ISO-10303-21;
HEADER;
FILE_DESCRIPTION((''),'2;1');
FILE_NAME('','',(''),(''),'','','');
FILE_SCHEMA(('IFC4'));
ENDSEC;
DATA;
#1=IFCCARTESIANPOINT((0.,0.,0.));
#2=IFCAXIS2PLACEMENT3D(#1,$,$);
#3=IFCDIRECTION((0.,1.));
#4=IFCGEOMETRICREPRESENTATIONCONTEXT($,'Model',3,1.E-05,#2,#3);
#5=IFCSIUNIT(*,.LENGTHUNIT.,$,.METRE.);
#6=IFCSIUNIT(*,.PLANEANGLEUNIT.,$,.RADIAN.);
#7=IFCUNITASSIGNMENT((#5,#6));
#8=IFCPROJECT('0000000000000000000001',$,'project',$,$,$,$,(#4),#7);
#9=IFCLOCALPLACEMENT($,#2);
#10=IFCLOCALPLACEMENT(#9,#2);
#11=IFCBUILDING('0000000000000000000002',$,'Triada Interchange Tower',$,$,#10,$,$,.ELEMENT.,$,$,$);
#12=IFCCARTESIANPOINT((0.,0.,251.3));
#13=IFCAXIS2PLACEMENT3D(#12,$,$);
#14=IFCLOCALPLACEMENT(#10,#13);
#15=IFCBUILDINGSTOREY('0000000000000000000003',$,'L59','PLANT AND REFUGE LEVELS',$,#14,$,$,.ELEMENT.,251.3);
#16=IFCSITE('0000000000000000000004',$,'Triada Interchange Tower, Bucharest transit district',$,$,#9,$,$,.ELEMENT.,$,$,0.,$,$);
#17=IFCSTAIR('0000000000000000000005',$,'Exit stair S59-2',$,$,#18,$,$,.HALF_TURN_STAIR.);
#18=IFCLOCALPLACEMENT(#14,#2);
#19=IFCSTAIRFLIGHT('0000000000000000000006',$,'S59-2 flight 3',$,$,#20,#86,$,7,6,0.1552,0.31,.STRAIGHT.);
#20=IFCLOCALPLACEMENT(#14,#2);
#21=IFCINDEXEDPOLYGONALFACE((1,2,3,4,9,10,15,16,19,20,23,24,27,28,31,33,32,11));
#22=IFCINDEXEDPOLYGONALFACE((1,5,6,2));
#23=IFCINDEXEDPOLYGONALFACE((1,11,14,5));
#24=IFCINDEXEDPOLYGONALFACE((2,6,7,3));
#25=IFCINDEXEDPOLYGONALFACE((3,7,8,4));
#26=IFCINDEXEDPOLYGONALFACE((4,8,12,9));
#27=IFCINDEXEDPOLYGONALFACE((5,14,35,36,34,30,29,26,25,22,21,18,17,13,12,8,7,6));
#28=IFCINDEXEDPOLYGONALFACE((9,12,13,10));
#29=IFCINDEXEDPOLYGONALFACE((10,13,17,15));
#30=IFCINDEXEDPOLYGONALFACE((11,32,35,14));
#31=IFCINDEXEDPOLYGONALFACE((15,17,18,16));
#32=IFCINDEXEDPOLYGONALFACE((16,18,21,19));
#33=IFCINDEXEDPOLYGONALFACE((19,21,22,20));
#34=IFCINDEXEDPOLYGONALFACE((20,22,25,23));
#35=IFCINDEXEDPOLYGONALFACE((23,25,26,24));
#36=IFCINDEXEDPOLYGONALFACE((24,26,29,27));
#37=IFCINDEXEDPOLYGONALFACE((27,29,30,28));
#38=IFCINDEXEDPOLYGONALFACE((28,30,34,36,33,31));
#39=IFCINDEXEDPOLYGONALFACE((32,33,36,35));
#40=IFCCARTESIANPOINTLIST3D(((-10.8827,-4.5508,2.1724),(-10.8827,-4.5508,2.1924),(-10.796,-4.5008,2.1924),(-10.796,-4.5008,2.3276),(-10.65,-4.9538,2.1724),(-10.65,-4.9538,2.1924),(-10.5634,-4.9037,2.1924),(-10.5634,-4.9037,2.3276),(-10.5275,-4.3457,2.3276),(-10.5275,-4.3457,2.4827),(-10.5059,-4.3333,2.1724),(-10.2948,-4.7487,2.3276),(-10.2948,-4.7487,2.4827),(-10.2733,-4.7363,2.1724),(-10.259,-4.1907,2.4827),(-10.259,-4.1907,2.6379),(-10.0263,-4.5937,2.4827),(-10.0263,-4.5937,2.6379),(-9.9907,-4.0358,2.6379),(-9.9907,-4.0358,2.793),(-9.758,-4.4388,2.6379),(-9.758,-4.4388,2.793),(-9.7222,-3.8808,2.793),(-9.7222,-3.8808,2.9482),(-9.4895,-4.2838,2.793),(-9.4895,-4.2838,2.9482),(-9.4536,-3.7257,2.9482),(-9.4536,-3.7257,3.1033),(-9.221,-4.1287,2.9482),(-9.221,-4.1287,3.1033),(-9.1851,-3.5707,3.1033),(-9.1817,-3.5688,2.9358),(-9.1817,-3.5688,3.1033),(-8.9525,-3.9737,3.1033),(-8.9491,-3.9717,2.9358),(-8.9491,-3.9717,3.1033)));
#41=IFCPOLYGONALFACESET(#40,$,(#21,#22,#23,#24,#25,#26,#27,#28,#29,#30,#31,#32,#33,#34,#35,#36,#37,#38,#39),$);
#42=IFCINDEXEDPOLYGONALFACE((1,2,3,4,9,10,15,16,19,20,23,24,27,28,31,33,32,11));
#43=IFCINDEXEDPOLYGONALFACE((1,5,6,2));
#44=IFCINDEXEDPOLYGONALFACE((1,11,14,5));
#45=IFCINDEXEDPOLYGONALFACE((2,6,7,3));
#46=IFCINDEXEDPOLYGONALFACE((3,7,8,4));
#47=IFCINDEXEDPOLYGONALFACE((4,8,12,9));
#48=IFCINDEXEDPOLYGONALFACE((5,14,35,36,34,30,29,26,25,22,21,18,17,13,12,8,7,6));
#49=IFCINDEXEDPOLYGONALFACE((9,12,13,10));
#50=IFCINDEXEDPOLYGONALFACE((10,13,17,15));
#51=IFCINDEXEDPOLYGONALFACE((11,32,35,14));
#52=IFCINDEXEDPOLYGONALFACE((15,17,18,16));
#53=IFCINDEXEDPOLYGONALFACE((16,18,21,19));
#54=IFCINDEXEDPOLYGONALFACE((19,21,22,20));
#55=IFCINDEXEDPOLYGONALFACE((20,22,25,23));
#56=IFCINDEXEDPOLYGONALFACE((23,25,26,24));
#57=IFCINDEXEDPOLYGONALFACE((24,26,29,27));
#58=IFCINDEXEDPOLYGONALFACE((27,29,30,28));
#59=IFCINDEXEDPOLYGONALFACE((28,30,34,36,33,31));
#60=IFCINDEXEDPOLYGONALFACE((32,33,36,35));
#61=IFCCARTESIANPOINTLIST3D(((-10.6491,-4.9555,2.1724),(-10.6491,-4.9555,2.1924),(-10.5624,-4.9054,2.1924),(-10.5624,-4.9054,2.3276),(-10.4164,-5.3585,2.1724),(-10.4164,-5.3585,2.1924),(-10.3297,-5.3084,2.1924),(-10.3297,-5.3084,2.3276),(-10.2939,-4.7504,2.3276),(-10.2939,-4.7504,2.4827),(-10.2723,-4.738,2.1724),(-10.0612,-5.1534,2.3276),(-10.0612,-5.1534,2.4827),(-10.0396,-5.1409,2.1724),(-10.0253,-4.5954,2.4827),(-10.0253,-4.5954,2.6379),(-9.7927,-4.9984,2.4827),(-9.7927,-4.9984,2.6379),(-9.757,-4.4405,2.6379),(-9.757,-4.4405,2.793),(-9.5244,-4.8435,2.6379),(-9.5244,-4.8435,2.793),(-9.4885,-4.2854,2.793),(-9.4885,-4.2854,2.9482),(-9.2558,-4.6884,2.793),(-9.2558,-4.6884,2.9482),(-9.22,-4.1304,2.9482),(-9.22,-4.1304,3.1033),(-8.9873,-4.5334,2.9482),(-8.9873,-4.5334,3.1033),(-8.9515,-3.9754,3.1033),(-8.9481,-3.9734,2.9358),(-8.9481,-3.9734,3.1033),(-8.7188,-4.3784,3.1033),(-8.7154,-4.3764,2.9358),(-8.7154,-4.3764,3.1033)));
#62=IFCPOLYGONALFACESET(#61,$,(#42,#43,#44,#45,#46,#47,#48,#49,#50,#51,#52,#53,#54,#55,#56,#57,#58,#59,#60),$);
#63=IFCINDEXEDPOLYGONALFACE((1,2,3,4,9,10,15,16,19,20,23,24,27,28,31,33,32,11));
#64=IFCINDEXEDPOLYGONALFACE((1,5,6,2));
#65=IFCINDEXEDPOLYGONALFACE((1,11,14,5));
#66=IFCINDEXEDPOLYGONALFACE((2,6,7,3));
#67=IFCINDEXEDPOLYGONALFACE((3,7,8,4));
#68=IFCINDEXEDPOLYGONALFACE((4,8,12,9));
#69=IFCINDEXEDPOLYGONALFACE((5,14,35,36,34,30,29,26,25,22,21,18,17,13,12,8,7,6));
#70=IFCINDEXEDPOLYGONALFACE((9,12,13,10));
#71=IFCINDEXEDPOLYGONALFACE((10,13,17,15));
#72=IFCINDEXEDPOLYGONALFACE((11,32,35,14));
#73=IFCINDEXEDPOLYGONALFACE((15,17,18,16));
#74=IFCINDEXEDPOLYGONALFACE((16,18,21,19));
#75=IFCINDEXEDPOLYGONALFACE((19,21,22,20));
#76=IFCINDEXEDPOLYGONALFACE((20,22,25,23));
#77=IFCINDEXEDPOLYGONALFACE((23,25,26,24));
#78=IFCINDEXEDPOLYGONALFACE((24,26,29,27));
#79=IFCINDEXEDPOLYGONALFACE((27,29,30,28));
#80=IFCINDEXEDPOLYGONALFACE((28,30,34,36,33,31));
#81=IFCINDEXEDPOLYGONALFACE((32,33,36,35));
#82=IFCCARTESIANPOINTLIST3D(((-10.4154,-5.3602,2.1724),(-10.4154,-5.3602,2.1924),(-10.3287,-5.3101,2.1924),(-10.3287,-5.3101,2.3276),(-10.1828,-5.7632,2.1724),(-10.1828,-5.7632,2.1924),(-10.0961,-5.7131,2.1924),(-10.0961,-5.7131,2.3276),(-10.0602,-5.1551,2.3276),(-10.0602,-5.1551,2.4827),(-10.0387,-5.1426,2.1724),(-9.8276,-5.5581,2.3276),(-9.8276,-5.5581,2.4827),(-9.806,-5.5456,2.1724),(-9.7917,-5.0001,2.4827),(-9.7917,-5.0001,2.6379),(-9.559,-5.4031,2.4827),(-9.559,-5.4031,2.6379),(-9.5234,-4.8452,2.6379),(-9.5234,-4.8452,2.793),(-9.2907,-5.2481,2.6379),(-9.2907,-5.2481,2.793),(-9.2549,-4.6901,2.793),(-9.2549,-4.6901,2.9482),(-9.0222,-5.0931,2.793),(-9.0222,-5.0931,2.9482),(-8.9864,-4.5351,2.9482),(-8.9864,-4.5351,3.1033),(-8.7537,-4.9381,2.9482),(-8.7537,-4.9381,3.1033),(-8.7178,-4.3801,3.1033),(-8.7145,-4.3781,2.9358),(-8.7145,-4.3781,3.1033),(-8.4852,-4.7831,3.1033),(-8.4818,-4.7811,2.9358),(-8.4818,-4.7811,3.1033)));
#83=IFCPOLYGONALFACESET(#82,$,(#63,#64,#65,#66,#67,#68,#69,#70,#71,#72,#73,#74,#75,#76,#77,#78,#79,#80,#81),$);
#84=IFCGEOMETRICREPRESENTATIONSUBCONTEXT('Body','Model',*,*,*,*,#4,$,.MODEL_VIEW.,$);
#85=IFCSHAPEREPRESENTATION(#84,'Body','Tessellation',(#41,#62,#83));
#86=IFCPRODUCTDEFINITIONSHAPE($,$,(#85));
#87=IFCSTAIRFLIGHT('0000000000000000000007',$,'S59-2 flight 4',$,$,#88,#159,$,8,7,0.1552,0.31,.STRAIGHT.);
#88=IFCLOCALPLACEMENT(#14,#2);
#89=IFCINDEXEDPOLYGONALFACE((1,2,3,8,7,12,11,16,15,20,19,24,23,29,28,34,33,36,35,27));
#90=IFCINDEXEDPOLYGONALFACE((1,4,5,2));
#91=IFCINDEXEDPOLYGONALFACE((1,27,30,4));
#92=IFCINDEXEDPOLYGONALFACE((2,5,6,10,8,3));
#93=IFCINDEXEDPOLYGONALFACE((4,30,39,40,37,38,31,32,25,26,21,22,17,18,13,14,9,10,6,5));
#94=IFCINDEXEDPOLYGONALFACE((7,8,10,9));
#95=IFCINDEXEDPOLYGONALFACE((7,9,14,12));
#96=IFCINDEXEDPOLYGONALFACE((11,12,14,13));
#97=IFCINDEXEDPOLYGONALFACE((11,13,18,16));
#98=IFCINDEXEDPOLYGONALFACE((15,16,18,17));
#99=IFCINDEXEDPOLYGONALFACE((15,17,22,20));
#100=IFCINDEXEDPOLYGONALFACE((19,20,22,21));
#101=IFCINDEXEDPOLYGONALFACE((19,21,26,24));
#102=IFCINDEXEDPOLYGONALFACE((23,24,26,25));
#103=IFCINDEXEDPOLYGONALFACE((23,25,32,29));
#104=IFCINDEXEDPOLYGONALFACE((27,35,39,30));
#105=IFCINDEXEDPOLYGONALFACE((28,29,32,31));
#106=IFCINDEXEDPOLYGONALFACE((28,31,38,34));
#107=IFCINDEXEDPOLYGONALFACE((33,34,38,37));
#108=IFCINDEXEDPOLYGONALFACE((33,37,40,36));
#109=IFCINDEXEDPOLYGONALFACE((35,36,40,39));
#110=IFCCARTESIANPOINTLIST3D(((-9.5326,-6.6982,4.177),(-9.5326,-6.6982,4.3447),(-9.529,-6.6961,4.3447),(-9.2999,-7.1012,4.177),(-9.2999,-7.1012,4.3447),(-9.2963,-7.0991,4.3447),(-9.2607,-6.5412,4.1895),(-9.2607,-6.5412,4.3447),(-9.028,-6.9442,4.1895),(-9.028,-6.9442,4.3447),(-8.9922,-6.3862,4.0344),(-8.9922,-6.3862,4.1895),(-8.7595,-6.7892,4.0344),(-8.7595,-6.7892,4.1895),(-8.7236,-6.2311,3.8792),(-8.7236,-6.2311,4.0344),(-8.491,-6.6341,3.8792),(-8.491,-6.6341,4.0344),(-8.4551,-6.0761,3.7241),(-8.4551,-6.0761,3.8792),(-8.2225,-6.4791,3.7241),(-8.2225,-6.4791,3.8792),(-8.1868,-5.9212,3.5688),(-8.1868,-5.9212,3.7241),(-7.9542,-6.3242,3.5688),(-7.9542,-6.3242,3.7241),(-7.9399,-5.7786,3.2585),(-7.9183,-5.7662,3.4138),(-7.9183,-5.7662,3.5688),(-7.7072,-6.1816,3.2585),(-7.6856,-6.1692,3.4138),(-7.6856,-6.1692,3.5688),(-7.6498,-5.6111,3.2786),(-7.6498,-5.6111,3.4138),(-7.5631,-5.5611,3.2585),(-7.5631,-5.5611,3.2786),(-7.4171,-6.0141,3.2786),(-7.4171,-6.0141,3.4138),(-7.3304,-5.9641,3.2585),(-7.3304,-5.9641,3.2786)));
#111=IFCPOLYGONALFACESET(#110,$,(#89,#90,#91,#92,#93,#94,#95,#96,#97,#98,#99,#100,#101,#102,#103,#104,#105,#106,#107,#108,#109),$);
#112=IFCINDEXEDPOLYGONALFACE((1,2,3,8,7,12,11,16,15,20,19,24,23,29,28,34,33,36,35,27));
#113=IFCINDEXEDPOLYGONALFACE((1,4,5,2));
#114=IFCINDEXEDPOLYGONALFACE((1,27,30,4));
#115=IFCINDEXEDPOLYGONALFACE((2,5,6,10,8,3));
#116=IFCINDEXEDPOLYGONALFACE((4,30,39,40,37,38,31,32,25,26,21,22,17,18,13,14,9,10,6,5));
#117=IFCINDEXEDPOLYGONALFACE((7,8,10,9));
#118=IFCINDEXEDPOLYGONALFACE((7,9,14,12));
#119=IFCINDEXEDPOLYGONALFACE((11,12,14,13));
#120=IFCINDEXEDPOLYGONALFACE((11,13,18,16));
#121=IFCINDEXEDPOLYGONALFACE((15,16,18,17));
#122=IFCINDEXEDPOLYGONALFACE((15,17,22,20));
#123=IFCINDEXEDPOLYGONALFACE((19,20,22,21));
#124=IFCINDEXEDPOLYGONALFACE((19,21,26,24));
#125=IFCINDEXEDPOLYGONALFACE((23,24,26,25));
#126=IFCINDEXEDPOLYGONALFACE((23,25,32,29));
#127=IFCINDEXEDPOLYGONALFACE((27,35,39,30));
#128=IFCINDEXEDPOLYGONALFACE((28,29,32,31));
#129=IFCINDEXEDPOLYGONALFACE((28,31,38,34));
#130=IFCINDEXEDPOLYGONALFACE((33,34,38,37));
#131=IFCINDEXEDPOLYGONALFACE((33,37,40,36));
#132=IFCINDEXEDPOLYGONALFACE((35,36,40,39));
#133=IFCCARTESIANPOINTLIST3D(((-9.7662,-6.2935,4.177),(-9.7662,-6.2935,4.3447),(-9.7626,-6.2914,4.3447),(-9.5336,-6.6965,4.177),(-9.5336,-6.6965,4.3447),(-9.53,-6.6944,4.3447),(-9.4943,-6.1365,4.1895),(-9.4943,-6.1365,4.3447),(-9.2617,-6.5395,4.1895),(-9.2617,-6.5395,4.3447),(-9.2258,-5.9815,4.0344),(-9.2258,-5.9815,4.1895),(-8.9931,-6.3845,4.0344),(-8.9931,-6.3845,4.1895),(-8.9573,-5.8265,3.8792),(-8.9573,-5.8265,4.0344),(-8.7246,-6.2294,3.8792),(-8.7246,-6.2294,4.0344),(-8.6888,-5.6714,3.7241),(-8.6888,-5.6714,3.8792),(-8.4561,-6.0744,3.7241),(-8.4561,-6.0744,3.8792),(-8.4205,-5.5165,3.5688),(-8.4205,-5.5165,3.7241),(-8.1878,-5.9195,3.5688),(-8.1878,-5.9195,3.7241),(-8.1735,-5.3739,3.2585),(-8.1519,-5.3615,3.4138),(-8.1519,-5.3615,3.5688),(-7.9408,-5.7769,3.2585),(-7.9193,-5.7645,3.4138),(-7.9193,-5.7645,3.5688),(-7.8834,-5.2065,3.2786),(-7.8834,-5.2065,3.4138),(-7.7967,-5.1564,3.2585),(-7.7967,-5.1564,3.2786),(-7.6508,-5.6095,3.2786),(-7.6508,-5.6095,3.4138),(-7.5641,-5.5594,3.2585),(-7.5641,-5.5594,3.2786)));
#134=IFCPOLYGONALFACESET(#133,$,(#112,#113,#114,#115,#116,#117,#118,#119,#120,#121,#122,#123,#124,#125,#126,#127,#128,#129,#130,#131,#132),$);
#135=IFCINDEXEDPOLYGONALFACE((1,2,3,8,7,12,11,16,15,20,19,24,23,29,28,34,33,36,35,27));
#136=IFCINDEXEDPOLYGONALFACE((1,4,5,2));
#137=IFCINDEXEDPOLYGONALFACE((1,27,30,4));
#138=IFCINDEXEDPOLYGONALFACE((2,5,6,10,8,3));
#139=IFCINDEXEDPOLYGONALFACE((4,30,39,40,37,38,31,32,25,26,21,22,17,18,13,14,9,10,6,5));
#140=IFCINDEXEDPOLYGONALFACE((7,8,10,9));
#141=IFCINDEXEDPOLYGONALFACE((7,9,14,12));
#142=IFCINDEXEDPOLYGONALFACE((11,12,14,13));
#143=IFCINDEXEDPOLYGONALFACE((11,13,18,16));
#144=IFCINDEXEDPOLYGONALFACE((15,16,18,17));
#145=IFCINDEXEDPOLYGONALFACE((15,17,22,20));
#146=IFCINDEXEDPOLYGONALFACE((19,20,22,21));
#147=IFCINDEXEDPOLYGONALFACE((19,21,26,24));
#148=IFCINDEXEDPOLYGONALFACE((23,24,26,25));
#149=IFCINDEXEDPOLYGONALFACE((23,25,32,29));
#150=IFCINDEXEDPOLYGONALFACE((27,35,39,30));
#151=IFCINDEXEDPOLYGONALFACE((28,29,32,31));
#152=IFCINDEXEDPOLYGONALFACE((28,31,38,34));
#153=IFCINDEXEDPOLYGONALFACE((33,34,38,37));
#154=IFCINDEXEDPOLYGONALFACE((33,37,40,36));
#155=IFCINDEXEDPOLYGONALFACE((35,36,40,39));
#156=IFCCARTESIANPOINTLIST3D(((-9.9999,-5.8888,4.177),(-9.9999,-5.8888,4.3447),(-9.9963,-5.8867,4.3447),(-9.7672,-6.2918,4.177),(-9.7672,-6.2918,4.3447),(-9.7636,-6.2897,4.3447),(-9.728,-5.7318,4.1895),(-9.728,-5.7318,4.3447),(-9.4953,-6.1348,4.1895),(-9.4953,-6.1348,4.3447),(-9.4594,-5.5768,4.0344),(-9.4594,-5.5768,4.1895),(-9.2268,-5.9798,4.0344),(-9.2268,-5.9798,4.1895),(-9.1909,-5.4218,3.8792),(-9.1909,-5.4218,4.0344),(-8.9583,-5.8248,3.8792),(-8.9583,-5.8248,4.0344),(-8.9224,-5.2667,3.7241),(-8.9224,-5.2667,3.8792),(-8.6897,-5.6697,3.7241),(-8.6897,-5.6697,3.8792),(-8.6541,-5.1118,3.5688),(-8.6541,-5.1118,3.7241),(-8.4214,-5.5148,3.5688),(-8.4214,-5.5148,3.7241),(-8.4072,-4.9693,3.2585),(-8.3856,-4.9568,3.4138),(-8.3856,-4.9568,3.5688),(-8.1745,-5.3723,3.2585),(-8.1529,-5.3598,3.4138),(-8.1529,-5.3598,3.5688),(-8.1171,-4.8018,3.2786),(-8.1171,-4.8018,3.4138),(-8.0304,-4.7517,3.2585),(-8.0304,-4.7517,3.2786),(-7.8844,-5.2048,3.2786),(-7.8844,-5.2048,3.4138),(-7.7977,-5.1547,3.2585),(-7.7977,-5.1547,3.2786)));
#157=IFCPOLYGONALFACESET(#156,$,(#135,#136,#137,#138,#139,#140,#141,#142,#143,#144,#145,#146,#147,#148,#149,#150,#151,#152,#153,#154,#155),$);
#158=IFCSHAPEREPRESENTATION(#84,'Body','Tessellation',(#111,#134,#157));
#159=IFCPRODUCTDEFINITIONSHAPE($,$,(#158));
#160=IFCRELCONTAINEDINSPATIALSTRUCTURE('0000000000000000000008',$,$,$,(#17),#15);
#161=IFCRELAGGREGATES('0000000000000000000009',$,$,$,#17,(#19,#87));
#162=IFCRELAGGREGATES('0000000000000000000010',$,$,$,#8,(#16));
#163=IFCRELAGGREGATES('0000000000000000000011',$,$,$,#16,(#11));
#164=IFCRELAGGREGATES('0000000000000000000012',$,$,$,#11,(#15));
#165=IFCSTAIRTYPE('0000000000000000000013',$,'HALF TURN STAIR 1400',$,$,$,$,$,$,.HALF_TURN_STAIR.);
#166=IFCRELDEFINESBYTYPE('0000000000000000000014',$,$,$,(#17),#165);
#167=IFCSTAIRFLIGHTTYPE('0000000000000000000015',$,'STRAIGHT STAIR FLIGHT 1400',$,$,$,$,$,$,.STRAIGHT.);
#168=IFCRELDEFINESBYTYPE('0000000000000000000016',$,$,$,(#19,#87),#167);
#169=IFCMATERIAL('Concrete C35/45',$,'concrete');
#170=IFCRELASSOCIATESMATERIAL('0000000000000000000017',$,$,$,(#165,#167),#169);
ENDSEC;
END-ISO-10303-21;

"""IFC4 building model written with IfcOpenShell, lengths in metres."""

from ifc_helpers import new_model, si_unit, direction, frame, origin, place, context, subcontext, project, spatial, polyline, outline, extrude, material, type_object, element, aggregate, save


model = new_model("IFC4")

# Units and contexts
model_context = context("Model", 3, precision=1e-05, world=origin(), true_north=direction((0.0, 1.0)))
body_context = subcontext(model_context, "Body", "Model", "MODEL_VIEW")
ifc_project = project(units=[si_unit("LENGTHUNIT", "METRE"), si_unit("PLANEANGLEUNIT", "RADIAN")], contexts=[model_context])

# Site, building, storey
site_placement = place(None, origin())
site = spatial("IfcSite", under=ifc_project, at=site_placement, Name="Triada Interchange Tower, Bucharest transit district", CompositionType="ELEMENT", RefElevation=0.0)
building_placement = place(site_placement, origin())
building = spatial("IfcBuilding", under=site, at=building_placement, Name="Triada Interchange Tower", CompositionType="ELEMENT")
storey_placement = place(building_placement, frame((0.0, 0.0, 251.3)))
storey = spatial("IfcBuildingStorey", under=building, at=storey_placement, Name="L59", Description="PLANT AND REFUGE LEVELS", CompositionType="ELEMENT", Elevation=251.3)

# Shared definitions
ifc_material_1 = material(Name="Concrete C35/45", Category="concrete")

# Stair, stair flights
stair_type = type_object("IfcStairType", Name="HALF TURN STAIR 1400", PredefinedType="HALF_TURN_STAIR", material=ifc_material_1)
stair_placement = place(storey_placement, origin())
stair = element("IfcStair", 1, at=stair_placement, inside=storey, type_object=stair_type, Name="Exit stair S59-2", PredefinedType="HALF_TURN_STAIR")
stair_flight_type = type_object("IfcStairFlightType", Name="STRAIGHT STAIR FLIGHT 1400", PredefinedType="STRAIGHT", material=ifc_material_1)
stair_flight_1_placement = place(storey_placement, frame((-10.446, -5.1069, 2.1724), z_axis=(0.0, 0.0, 1.0), x_axis=(0.866025, 0.5, 0.0)))
stair_flight_1 = element("IfcStairFlight", 2, at=stair_flight_1_placement, type_object=stair_flight_type, Name="S59-2 flight 3", NumberOfRisers=7, NumberOfTreads=6, PredefinedType="STRAIGHT", RiserHeight=0.1552, TreadLength=0.31, context=body_context, shape_type="SweptSolid", body=[
    extrude(outline(polyline([(-0.1001, 0.0), (-0.1001, 0.02), (0.0, 0.02), (0.0, 0.1553), (0.3101, 0.1553), (0.3101, 0.3103), (0.6201, 0.3103), (0.6201, 0.4656), (0.9299, 0.4656), (0.9299, 0.6206), (1.24, 0.6206), (1.24, 0.7759), (1.55, 0.7759), (1.55, 0.9309), (1.8601, 0.9309), (1.864, 0.9309), (1.864, 1.0862), (1.864, 0.7634), (0.335, 0.0), (-0.1001, 0.0)])), frame((0.0, 0.7, 0.0), z_axis=(0.0, -1.0, 0.0), x_axis=(1.0, 0.0, 0.0)), (0.0, 0.0, 1.0), 0.4653),
    extrude(outline(polyline([(-0.1001, 0.0), (-0.1001, 0.02), (0.0, 0.02), (0.0, 0.1553), (0.3101, 0.1553), (0.3101, 0.3103), (0.6201, 0.3103), (0.6201, 0.4656), (0.9299, 0.4656), (0.9299, 0.6206), (1.24, 0.6206), (1.24, 0.7759), (1.55, 0.7759), (1.55, 0.9309), (1.8601, 0.9309), (1.864, 0.9309), (1.864, 1.0862), (1.864, 0.7634), (0.335, 0.0), (-0.1001, 0.0)])), frame((0.0, 0.2327, 0.0), z_axis=(0.0, -1.0, 0.0), x_axis=(1.0, 0.0, 0.0)), (0.0, 0.0, 1.0), 0.4653),
    extrude(outline(polyline([(-0.1001, 0.0), (-0.1001, 0.02), (0.0, 0.02), (0.0, 0.1553), (0.3101, 0.1553), (0.3101, 0.3103), (0.6201, 0.3103), (0.6201, 0.4656), (0.9299, 0.4656), (0.9299, 0.6206), (1.24, 0.6206), (1.24, 0.7759), (1.55, 0.7759), (1.55, 0.9309), (1.8601, 0.9309), (1.864, 0.9309), (1.864, 1.0862), (1.864, 0.7634), (0.335, 0.0), (-0.1001, 0.0)])), frame((0.0, -0.2346, 0.0), z_axis=(0.0, -1.0, 0.0), x_axis=(1.0, 0.0, 0.0)), (0.0, 0.0, 1.0), 0.4653),
])
stair_flight_2_placement = place(storey_placement, frame((-7.7671, -5.408, 3.2585), z_axis=(0.0, 0.0, 1.0), x_axis=(-0.866025, -0.5, 0.0)))
stair_flight_2 = element("IfcStairFlight", 3, at=stair_flight_2_placement, type_object=stair_flight_type, Name="S59-2 flight 4", NumberOfRisers=8, NumberOfTreads=7, PredefinedType="STRAIGHT", RiserHeight=0.1552, TreadLength=0.31, context=body_context, shape_type="SweptSolid", body=[
    extrude(outline(polyline([(-0.1001, 0.0), (-0.1001, 0.02), (0.0, 0.02), (0.0, 0.1553), (0.3101, 0.1553), (0.3101, 0.3103), (0.6201, 0.3103), (0.6201, 0.4656), (0.9299, 0.4656), (0.9299, 0.6206), (1.24, 0.6206), (1.24, 0.7759), (1.55, 0.7759), (1.55, 0.9309), (1.8601, 0.9309), (1.8601, 1.0862), (2.1699, 1.0862), (2.1741, 1.0862), (2.1741, 1.2415), (2.1741, 0.9185), (0.335, 0.0), (-0.1001, 0.0)])), frame((0.0, 0.7, 0.0), z_axis=(0.0, -1.0, 0.0), x_axis=(1.0, 0.0, 0.0)), (0.0, 0.0, 1.0), 0.4653),
    extrude(outline(polyline([(-0.1001, 0.0), (-0.1001, 0.02), (0.0, 0.02), (0.0, 0.1553), (0.3101, 0.1553), (0.3101, 0.3103), (0.6201, 0.3103), (0.6201, 0.4656), (0.9299, 0.4656), (0.9299, 0.6206), (1.24, 0.6206), (1.24, 0.7759), (1.55, 0.7759), (1.55, 0.9309), (1.8601, 0.9309), (1.8601, 1.0862), (2.1699, 1.0862), (2.1741, 1.0862), (2.1741, 1.2415), (2.1741, 0.9185), (0.335, 0.0), (-0.1001, 0.0)])), frame((0.0, 0.2327, 0.0), z_axis=(0.0, -1.0, 0.0), x_axis=(1.0, 0.0, 0.0)), (0.0, 0.0, 1.0), 0.4653),
    extrude(outline(polyline([(-0.1001, 0.0), (-0.1001, 0.02), (0.0, 0.02), (0.0, 0.1553), (0.3101, 0.1553), (0.3101, 0.3103), (0.6201, 0.3103), (0.6201, 0.4656), (0.9299, 0.4656), (0.9299, 0.6206), (1.24, 0.6206), (1.24, 0.7759), (1.55, 0.7759), (1.55, 0.9309), (1.8601, 0.9309), (1.8601, 1.0862), (2.1699, 1.0862), (2.1741, 1.0862), (2.1741, 1.2415), (2.1741, 0.9185), (0.335, 0.0), (-0.1001, 0.0)])), frame((0.0, -0.2346, 0.0), z_axis=(0.0, -1.0, 0.0), x_axis=(1.0, 0.0, 0.0)), (0.0, 0.0, 1.0), 0.4653),
])
aggregate(stair, [stair_flight_1, stair_flight_2])

save(model, "model.ifc")
